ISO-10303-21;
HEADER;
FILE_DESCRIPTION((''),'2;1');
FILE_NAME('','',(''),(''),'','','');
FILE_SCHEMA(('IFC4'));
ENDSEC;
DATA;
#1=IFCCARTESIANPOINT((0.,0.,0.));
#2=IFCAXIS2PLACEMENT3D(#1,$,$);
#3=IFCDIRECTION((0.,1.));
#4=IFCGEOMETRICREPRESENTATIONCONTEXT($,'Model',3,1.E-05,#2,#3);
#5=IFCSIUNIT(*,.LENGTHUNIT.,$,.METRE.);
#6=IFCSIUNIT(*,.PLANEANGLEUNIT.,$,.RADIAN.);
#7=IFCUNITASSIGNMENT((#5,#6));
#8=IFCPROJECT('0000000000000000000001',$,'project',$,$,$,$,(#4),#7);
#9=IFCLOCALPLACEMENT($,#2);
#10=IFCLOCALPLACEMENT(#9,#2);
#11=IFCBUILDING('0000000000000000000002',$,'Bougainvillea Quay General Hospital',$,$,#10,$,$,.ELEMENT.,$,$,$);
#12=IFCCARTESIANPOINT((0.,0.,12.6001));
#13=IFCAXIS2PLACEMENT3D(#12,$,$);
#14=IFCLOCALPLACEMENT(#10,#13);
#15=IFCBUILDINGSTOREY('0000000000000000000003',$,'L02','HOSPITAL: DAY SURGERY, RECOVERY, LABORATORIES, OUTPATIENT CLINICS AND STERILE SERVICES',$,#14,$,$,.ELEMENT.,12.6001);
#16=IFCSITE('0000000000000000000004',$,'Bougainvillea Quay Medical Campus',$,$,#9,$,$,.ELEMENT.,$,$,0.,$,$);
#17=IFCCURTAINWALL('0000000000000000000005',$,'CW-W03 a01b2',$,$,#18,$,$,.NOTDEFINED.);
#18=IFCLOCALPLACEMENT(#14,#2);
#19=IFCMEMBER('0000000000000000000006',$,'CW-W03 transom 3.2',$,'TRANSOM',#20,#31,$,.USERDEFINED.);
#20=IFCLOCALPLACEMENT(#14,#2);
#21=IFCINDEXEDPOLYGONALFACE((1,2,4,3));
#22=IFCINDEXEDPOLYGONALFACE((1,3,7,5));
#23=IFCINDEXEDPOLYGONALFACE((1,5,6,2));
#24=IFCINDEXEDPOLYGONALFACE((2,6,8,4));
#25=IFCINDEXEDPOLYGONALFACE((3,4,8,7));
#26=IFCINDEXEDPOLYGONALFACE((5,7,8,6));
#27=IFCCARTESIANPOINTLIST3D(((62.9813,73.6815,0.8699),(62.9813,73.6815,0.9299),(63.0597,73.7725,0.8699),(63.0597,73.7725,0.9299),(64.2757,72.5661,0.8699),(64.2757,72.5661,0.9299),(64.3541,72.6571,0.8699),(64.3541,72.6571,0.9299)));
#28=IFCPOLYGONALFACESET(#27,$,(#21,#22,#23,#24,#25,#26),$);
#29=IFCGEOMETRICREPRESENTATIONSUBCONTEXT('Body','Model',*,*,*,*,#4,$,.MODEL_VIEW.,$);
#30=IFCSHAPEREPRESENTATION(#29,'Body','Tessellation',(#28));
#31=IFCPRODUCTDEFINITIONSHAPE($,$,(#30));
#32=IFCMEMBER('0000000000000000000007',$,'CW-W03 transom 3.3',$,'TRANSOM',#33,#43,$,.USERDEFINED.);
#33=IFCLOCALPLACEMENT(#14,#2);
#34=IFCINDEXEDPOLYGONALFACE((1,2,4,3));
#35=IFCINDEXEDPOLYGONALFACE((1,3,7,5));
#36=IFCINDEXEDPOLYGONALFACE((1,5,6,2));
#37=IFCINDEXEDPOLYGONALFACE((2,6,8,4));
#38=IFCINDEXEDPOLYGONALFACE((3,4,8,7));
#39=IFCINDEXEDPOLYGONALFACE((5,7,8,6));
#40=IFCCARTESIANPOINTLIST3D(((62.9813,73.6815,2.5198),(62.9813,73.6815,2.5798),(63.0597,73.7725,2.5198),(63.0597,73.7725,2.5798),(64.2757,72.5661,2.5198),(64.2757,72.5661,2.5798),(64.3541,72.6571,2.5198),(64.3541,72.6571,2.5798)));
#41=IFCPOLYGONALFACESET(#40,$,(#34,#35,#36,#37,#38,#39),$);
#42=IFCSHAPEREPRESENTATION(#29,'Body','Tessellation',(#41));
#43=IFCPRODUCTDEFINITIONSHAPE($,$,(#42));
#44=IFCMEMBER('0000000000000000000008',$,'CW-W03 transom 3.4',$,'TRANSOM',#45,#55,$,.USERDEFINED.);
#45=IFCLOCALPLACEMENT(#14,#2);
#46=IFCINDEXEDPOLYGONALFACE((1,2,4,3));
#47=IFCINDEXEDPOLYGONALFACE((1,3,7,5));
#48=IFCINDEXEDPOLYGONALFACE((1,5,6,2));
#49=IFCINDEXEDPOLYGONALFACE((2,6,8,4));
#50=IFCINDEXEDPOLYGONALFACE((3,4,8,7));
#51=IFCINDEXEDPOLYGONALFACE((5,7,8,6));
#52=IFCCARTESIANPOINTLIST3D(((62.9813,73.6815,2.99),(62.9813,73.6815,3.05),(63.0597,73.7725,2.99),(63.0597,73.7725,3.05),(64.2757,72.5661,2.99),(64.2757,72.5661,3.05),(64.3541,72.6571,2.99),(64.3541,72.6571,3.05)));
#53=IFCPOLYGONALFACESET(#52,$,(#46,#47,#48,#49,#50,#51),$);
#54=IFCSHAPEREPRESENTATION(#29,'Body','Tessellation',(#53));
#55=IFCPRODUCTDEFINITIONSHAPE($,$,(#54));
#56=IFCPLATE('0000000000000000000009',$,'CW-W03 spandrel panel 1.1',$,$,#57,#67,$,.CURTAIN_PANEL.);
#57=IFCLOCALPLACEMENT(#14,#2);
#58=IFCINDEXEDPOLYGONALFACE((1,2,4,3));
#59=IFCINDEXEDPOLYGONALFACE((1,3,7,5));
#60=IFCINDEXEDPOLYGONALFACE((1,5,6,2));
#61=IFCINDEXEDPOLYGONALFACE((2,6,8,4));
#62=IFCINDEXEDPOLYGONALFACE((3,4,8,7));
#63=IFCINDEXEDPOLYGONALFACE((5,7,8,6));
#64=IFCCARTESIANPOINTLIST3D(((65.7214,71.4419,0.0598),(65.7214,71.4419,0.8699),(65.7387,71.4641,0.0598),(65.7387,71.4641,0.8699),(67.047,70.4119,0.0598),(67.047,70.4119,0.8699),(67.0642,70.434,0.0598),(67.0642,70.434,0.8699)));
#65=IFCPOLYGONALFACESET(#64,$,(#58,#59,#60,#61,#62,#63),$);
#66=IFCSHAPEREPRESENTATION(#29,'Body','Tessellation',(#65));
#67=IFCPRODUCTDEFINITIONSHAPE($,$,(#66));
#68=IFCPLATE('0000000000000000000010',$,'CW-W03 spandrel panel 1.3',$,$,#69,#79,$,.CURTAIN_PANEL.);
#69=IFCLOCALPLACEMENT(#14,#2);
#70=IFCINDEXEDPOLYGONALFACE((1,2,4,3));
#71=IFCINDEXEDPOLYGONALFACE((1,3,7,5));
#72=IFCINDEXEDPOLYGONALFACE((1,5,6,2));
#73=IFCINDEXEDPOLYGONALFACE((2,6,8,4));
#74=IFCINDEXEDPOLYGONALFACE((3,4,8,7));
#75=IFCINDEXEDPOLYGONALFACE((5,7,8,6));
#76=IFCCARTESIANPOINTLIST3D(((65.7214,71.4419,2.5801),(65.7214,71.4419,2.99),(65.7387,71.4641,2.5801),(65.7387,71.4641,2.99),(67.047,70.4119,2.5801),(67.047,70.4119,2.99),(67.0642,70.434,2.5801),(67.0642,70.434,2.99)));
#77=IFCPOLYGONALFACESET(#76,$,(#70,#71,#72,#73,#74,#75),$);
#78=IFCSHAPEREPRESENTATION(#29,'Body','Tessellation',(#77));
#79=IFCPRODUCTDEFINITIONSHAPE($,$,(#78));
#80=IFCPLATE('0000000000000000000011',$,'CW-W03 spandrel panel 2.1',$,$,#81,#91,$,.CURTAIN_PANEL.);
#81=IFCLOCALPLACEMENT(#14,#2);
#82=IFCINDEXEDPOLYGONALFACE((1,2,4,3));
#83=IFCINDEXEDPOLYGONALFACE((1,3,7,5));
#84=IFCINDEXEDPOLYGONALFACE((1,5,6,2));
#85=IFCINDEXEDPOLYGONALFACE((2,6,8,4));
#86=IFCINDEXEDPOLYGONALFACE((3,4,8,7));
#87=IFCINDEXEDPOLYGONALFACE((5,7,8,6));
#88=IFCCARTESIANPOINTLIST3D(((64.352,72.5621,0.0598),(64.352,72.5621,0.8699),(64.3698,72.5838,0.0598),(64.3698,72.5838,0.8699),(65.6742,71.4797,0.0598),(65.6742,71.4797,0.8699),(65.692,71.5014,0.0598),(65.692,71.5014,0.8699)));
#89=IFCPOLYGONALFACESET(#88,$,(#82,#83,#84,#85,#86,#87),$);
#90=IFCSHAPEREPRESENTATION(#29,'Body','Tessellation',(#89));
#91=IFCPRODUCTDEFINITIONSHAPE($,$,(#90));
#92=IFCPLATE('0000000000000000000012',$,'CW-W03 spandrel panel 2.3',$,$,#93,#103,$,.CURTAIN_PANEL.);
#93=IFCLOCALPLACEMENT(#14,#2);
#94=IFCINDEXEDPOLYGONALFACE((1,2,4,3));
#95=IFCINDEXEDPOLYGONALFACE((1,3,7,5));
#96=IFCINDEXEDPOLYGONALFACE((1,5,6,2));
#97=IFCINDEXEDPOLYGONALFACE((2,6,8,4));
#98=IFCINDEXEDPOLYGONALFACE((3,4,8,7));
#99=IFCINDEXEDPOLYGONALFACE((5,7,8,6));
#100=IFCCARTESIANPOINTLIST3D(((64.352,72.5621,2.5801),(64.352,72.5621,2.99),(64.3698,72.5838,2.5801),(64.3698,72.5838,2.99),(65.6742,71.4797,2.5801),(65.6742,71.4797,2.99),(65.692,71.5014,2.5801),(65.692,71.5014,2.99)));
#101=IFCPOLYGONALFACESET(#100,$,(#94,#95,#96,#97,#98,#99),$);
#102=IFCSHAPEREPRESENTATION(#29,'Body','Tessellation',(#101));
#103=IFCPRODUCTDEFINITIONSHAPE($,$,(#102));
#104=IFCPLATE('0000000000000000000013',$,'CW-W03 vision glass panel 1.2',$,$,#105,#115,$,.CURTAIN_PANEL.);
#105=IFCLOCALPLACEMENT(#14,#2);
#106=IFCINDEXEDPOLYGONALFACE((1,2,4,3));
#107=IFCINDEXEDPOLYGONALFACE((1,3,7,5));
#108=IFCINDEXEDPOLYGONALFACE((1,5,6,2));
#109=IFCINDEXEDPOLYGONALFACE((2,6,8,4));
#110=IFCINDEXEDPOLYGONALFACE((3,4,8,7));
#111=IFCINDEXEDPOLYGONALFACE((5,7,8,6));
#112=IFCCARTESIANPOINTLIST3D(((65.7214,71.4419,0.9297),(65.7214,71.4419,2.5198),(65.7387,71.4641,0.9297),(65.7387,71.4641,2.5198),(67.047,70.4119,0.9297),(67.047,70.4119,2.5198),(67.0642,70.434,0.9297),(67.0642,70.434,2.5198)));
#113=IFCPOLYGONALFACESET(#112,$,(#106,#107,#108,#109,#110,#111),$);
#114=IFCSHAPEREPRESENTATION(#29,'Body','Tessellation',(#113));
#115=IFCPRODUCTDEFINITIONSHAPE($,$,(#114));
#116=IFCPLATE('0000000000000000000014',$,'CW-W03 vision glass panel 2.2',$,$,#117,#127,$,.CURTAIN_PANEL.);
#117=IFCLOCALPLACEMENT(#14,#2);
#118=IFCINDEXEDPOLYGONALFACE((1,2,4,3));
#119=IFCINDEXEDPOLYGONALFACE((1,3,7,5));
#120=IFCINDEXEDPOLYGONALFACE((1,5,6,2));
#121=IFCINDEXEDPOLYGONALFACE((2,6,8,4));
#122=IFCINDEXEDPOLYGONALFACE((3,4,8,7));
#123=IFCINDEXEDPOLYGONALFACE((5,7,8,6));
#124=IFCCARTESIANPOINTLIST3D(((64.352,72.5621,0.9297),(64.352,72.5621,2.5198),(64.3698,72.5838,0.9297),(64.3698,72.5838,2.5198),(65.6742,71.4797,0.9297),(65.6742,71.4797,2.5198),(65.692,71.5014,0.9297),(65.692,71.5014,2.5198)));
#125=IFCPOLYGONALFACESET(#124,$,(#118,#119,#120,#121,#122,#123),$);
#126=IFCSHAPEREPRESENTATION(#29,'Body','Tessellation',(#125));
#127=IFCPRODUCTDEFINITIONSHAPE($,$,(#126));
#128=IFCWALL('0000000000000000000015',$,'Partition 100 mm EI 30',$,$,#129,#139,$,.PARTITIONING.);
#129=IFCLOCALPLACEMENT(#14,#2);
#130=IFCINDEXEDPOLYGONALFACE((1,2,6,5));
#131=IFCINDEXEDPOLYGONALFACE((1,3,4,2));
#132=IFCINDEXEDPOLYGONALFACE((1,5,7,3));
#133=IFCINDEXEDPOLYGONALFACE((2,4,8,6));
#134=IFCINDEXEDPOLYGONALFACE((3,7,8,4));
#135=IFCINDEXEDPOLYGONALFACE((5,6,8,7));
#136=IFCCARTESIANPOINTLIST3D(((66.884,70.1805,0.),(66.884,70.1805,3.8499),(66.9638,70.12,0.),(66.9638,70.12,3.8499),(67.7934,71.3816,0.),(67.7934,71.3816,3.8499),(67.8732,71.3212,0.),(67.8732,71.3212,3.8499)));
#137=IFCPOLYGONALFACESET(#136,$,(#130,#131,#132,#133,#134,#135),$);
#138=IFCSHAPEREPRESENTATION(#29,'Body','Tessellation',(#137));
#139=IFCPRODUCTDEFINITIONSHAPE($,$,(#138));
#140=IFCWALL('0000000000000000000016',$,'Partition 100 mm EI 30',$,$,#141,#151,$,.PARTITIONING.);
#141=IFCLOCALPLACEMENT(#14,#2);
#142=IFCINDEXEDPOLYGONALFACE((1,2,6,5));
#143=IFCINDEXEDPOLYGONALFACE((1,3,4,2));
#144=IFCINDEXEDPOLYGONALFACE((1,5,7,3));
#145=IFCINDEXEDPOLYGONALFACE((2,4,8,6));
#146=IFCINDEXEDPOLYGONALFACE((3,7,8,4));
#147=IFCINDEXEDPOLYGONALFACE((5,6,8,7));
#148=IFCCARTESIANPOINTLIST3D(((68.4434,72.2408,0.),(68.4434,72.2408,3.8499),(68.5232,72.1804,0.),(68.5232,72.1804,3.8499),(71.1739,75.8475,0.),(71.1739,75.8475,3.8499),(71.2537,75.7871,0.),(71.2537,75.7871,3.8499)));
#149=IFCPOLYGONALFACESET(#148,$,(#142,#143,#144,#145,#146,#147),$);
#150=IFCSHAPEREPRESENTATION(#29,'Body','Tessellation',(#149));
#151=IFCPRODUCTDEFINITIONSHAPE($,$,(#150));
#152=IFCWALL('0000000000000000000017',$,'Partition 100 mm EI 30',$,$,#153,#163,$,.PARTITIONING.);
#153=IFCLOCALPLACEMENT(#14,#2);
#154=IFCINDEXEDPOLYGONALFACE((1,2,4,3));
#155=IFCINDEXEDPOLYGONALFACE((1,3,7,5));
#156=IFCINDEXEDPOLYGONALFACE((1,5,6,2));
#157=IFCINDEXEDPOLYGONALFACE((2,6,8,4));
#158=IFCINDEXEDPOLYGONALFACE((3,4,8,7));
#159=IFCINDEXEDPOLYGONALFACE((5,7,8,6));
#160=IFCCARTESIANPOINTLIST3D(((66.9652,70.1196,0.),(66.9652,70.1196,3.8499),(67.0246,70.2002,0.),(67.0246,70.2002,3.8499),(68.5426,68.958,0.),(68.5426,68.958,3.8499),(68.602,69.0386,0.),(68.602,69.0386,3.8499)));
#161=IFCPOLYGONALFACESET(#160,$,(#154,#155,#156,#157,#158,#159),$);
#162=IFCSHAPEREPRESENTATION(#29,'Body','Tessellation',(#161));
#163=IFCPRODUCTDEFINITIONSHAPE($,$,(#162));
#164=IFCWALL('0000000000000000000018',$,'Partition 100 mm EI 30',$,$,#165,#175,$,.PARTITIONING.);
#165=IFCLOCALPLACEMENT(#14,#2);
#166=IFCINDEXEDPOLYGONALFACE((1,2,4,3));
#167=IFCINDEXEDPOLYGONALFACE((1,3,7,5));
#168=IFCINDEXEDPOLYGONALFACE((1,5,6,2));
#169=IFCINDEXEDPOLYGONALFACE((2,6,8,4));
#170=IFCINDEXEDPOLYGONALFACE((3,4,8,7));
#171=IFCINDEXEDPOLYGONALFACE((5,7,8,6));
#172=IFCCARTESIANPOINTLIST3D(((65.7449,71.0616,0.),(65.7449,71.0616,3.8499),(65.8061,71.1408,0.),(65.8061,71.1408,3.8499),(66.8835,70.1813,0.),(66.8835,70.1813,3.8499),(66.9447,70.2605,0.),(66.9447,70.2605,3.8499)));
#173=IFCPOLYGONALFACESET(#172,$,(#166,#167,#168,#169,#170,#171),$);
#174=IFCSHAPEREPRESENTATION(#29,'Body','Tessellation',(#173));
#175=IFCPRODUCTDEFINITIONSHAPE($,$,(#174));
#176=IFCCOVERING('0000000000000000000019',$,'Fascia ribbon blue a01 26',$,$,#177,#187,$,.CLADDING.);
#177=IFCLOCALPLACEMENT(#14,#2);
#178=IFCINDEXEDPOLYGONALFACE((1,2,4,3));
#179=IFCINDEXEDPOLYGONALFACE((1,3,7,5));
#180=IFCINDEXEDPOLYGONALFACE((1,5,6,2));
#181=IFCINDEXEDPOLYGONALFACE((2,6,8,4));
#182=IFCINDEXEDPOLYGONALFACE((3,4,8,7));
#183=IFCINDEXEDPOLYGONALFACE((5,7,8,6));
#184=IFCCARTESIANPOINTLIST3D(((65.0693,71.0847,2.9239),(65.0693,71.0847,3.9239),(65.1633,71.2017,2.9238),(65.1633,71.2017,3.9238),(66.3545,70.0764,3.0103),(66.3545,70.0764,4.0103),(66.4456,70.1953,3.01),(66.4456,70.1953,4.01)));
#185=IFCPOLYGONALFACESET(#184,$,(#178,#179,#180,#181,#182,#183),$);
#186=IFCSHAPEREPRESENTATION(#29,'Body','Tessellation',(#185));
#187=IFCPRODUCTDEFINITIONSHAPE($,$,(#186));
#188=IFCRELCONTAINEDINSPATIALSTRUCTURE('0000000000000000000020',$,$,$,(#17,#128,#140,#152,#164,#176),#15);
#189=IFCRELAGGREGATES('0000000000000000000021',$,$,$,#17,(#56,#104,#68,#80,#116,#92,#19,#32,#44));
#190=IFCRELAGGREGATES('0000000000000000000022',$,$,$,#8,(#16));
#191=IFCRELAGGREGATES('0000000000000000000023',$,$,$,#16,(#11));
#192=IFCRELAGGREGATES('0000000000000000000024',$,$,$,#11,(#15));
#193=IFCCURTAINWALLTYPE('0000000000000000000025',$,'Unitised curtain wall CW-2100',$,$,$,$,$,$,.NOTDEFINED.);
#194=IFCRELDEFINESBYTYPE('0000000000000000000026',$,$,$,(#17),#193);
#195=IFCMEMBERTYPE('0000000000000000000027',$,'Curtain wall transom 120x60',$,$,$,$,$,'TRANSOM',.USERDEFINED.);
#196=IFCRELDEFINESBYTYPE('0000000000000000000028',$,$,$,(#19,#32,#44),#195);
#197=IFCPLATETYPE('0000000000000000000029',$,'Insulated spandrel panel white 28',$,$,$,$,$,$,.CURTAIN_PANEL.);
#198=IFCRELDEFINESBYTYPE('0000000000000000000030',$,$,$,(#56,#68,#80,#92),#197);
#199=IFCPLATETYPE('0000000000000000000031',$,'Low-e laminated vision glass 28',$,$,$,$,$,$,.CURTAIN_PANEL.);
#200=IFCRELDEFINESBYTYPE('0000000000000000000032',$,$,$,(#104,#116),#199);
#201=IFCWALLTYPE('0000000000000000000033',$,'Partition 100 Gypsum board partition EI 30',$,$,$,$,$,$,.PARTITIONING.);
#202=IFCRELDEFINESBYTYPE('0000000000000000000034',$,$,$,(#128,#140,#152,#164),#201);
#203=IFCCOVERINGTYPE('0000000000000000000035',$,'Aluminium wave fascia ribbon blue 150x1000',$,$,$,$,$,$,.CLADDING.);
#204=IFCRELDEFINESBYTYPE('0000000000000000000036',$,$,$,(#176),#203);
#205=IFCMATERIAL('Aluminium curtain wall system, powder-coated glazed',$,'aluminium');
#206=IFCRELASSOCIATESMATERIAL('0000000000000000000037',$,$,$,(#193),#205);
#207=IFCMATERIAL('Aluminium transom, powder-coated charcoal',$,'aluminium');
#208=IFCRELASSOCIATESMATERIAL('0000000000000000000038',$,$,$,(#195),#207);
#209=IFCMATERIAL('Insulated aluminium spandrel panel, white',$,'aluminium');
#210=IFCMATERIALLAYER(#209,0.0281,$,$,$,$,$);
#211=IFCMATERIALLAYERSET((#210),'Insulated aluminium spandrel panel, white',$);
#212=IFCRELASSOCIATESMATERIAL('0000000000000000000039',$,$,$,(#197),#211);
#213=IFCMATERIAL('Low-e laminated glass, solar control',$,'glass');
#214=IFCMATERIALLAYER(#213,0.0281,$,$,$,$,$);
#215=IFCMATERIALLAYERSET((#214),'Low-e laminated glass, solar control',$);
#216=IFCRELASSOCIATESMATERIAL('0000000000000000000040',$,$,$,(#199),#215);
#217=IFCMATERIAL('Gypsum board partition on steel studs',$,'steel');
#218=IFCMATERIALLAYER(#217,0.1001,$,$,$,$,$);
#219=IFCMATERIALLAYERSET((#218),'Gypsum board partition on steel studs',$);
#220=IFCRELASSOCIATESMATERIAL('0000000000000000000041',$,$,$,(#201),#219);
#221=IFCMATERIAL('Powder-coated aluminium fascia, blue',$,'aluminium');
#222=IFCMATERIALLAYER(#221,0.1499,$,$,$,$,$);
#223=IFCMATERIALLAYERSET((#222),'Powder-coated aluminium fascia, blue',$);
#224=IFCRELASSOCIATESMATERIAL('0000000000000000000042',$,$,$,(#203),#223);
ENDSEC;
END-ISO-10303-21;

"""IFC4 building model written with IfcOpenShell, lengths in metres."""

from ifc_helpers import new_model, si_unit, direction, frame, frame_2d, origin, origin_2d, place, context, subcontext, project, spatial, polyline, rectangle, outline, extrude, material, layer, layer_set, material_profile, profile_set, type_object, element, aggregate, save


model = new_model("IFC4")

# Units and contexts
model_context = context("Model", 3, precision=1e-05, world=origin(), true_north=direction((0.0, 1.0)))
body_context = subcontext(model_context, "Body", "Model", "MODEL_VIEW")
ifc_project = project(units=[si_unit("LENGTHUNIT", "METRE"), si_unit("PLANEANGLEUNIT", "RADIAN")], contexts=[model_context])

# Site, building, storey
site_placement = place(None, origin())
site = spatial("IfcSite", under=ifc_project, at=site_placement, Name="Bougainvillea Quay Medical Campus", CompositionType="ELEMENT", RefElevation=0.0)
building_placement = place(site_placement, origin())
building = spatial("IfcBuilding", under=site, at=building_placement, Name="Bougainvillea Quay General Hospital", CompositionType="ELEMENT")
storey_placement = place(building_placement, frame((0.0, 0.0, 12.6001)))
storey = spatial("IfcBuildingStorey", under=building, at=storey_placement, Name="L02", Description="HOSPITAL: DAY SURGERY, RECOVERY, LABORATORIES, OUTPATIENT CLINICS AND STERILE SERVICES", CompositionType="ELEMENT", Elevation=12.6001)

# Shared definitions
ifc_material_1 = material(Name="Aluminium curtain wall system, powder-coated glazed", Category="aluminium")
curtain_wall_type = type_object("IfcCurtainWallType", Name="Unitised curtain wall CW-2100", PredefinedType="NOTDEFINED", material=ifc_material_1)

# Curtain wall, members, plates
curtain_wall_1_placement = place(storey_placement, origin())
curtain_wall_1 = element("IfcCurtainWall", 1, at=curtain_wall_1_placement, inside=storey, type_object=curtain_wall_type, Name="CW-W03 a01b2", PredefinedType="NOTDEFINED")
ifc_material_2 = material(Name="Aluminium transom, powder-coated charcoal", Category="aluminium")
ifc_material_profile_1 = material_profile(ifc_material_2, rectangle(XDim=0.1201, YDim=0.0601, at=origin_2d()))
ifc_profile_set_1 = profile_set([ifc_material_profile_1], Name="Aluminium transom, powder-coated charcoal")
member_type_1 = type_object("IfcMemberType", Name="Curtain wall transom 120x60", ElementType="TRANSOM", PredefinedType="USERDEFINED", material=ifc_profile_set_1)
member_1_placement = place(storey_placement, frame((64.3149, 72.6116, 0.8999), z_axis=(-0.757529, 0.652801, 0.0), x_axis=(-0.652801, -0.757529, 0.0)))
member_1 = element("IfcMember", 2, at=member_1_placement, type_object=member_type_1, Name="CW-W03 transom 3.2", ObjectType="TRANSOM", PredefinedType="USERDEFINED", context=body_context, shape_type="SweptSolid", body=[
    extrude(rectangle(XDim=0.1201, YDim=0.0601, at=origin_2d()), origin(), (0.0, 0.0, 1.0), 1.7087),
])
member_2_placement = place(storey_placement, frame((64.3149, 72.6116, 2.5498), z_axis=(-0.757529, 0.652801, 0.0), x_axis=(-0.652801, -0.757529, 0.0)))
member_2 = element("IfcMember", 3, at=member_2_placement, type_object=member_type_1, Name="CW-W03 transom 3.3", ObjectType="TRANSOM", PredefinedType="USERDEFINED", context=body_context, shape_type="SweptSolid", body=[
    extrude(rectangle(XDim=0.1201, YDim=0.0601, at=origin_2d()), origin(), (0.0, 0.0, 1.0), 1.7087),
])
member_3_placement = place(storey_placement, frame((64.3149, 72.6116, 3.02), z_axis=(-0.757529, 0.652801, 0.0), x_axis=(-0.652801, -0.757529, 0.0)))
member_3 = element("IfcMember", 4, at=member_3_placement, type_object=member_type_1, Name="CW-W03 transom 3.4", ObjectType="TRANSOM", PredefinedType="USERDEFINED", context=body_context, shape_type="SweptSolid", body=[
    extrude(rectangle(XDim=0.1201, YDim=0.0601, at=origin_2d()), origin(), (0.0, 0.0, 1.0), 1.7087),
])
ifc_material_3 = material(Name="Insulated aluminium spandrel panel, white", Category="aluminium")
ifc_layer_1 = layer(ifc_material_3, 0.0281)
ifc_layer_set_1 = layer_set([ifc_layer_1], Name="Insulated aluminium spandrel panel, white")
plate_type_1 = type_object("IfcPlateType", Name="Insulated spandrel panel white 28", PredefinedType="CURTAIN_PANEL", material=ifc_layer_set_1)
plate_1_placement = place(storey_placement, frame((66.3928, 70.938, 0.0598), z_axis=(0.0, 0.0, 1.0), x_axis=(-0.789614, 0.613603, 0.0)))
plate_1 = element("IfcPlate", 5, at=plate_1_placement, type_object=plate_type_1, Name="CW-W03 spandrel panel 1.1", PredefinedType="CURTAIN_PANEL", context=body_context, shape_type="SweptSolid", body=[
    extrude(rectangle(XDim=1.6787, YDim=0.0281, at=origin_2d()), origin(), (0.0, 0.0, 1.0), 0.8101),
])
plate_2_placement = place(storey_placement, frame((66.3928, 70.938, 2.5801), z_axis=(0.0, 0.0, 1.0), x_axis=(-0.789614, 0.613603, 0.0)))
plate_2 = element("IfcPlate", 6, at=plate_2_placement, type_object=plate_type_1, Name="CW-W03 spandrel panel 1.3", PredefinedType="CURTAIN_PANEL", context=body_context, shape_type="SweptSolid", body=[
    extrude(rectangle(XDim=1.6787, YDim=0.0281, at=origin_2d()), origin(), (0.0, 0.0, 1.0), 0.4099),
])
plate_3_placement = place(storey_placement, frame((65.022, 72.0317, 0.0598), z_axis=(0.0, 0.0, 1.0), x_axis=(-0.773802, 0.633428, 0.0)))
plate_3 = element("IfcPlate", 7, at=plate_3_placement, type_object=plate_type_1, Name="CW-W03 spandrel panel 2.1", PredefinedType="CURTAIN_PANEL", context=body_context, shape_type="SweptSolid", body=[
    extrude(rectangle(XDim=1.7087, YDim=0.0281, at=origin_2d()), origin(), (0.0, 0.0, 1.0), 0.8101),
])
plate_4_placement = place(storey_placement, frame((65.022, 72.0317, 2.5801), z_axis=(0.0, 0.0, 1.0), x_axis=(-0.773802, 0.633428, 0.0)))
plate_4 = element("IfcPlate", 8, at=plate_4_placement, type_object=plate_type_1, Name="CW-W03 spandrel panel 2.3", PredefinedType="CURTAIN_PANEL", context=body_context, shape_type="SweptSolid", body=[
    extrude(rectangle(XDim=1.7087, YDim=0.0281, at=origin_2d()), origin(), (0.0, 0.0, 1.0), 0.4099),
])
ifc_material_4 = material(Name="Low-e laminated glass, solar control", Category="glass")
ifc_layer_2 = layer(ifc_material_4, 0.0281)
ifc_layer_set_2 = layer_set([ifc_layer_2], Name="Low-e laminated glass, solar control")
plate_type_2 = type_object("IfcPlateType", Name="Low-e laminated vision glass 28", PredefinedType="CURTAIN_PANEL", material=ifc_layer_set_2)
plate_5_placement = place(storey_placement, frame((66.3928, 70.938, 0.9297), z_axis=(0.0, 0.0, 1.0), x_axis=(-0.789614, 0.613603, 0.0)))
plate_5 = element("IfcPlate", 9, at=plate_5_placement, type_object=plate_type_2, Name="CW-W03 vision glass panel 1.2", PredefinedType="CURTAIN_PANEL", context=body_context, shape_type="SweptSolid", body=[
    extrude(rectangle(XDim=1.6787, YDim=0.0281, at=origin_2d()), origin(), (0.0, 0.0, 1.0), 1.5901),
])
plate_6_placement = place(storey_placement, frame((65.022, 72.0317, 0.9297), z_axis=(0.0, 0.0, 1.0), x_axis=(-0.773802, 0.633428, 0.0)))
plate_6 = element("IfcPlate", 10, at=plate_6_placement, type_object=plate_type_2, Name="CW-W03 vision glass panel 2.2", PredefinedType="CURTAIN_PANEL", context=body_context, shape_type="SweptSolid", body=[
    extrude(rectangle(XDim=1.7087, YDim=0.0281, at=origin_2d()), origin(), (0.0, 0.0, 1.0), 1.5901),
])
aggregate(curtain_wall_1, [plate_1, plate_5, plate_2, plate_3, plate_6, plate_4, member_1, member_2, member_3])

# Walls
ifc_material_5 = material(Name="Gypsum board partition on steel studs", Category="steel")
ifc_layer_3 = layer(ifc_material_5, 0.1001)
ifc_layer_set_3 = layer_set([ifc_layer_3], Name="Gypsum board partition on steel studs")
wall_type = type_object("IfcWallType", Name="Partition 100 Gypsum board partition EI 30", PredefinedType="PARTITIONING", material=ifc_layer_set_3)
wall_1_placement = place(storey_placement, frame((66.9238, 70.1501, 0.0), z_axis=(0.0, 0.0, 1.0), x_axis=(0.603624, 0.797269, 0.0)))
element("IfcWall", 11, at=wall_1_placement, inside=storey, type_object=wall_type, Name="Partition 100 mm EI 30", PredefinedType="PARTITIONING", context=body_context, shape_type="SweptSolid", body=[
    extrude(rectangle(XDim=1.5066, YDim=0.1001, at=frame_2d((0.7534, 0.0))), origin(), (0.0, 0.0, 1.0), 3.8499),
])
wall_2_placement = place(storey_placement, frame((68.4834, 72.2107, 0.0), z_axis=(0.0, 0.0, 1.0), x_axis=(0.603595, 0.797291, 0.0)))
element("IfcWall", 12, at=wall_2_placement, inside=storey, type_object=wall_type, Name="Partition 100 mm EI 30", PredefinedType="PARTITIONING", context=body_context, shape_type="SweptSolid", body=[
    extrude(rectangle(XDim=4.5237, YDim=0.1001, at=frame_2d((2.2617, 0.0))), origin(), (0.0, 0.0, 1.0), 3.8499),
])
wall_3_placement = place(storey_placement, frame((66.9949, 70.1599, 0.0), z_axis=(0.0, 0.0, 1.0), x_axis=(0.805219, -0.592978, 0.0)))
element("IfcWall", 13, at=wall_3_placement, inside=storey, type_object=wall_type, Name="Partition 100 mm EI 30", PredefinedType="PARTITIONING", context=body_context, shape_type="SweptSolid", body=[
    extrude(rectangle(XDim=1.959, YDim=0.1001, at=frame_2d((0.9795, 0.0))), origin(), (0.0, 0.0, 1.0), 3.8499),
])
wall_4_placement = place(storey_placement, frame((65.7754, 71.1013, 0.0), z_axis=(0.0, 0.0, 1.0), x_axis=(0.791121, -0.61166, 0.0)))
element("IfcWall", 14, at=wall_4_placement, inside=storey, type_object=wall_type, Name="Partition 100 mm EI 30", PredefinedType="PARTITIONING", context=body_context, shape_type="SweptSolid", body=[
    extrude(rectangle(XDim=1.4392, YDim=0.1001, at=frame_2d((0.7197, 0.0))), origin(), (0.0, 0.0, 1.0), 3.8499),
])

# Covering
ifc_material_6 = material(Name="Powder-coated aluminium fascia, blue", Category="aluminium")
ifc_layer_4 = layer(ifc_material_6, 0.1499)
ifc_layer_set_4 = layer_set([ifc_layer_4], Name="Powder-coated aluminium fascia, blue")
covering_type = type_object("IfcCoveringType", Name="Aluminium wave fascia ribbon blue 150x1000", PredefinedType="CLADDING", material=ifc_layer_set_4)
covering_1_placement = place(storey_placement, frame((65.1633, 71.2017, 2.9238), z_axis=(-0.04105, 0.033245, 0.998604), x_axis=(0.785553, -0.616536, 0.052817)))
element("IfcCovering", 15, at=covering_1_placement, inside=storey, type_object=covering_type, Name="Fascia ribbon blue a01 26", PredefinedType="CLADDING", context=body_context, shape_type="SweptSolid", body=[
    extrude(outline(polyline([(0.0, 0.0), (1.6323, 0.0), (1.634, -0.1498), (-0.0017, -0.15), (0.0, 0.0)])), origin(), (0.052817, -0.000807, 0.998604), 1.0),
])

save(model, "model.ifc")
